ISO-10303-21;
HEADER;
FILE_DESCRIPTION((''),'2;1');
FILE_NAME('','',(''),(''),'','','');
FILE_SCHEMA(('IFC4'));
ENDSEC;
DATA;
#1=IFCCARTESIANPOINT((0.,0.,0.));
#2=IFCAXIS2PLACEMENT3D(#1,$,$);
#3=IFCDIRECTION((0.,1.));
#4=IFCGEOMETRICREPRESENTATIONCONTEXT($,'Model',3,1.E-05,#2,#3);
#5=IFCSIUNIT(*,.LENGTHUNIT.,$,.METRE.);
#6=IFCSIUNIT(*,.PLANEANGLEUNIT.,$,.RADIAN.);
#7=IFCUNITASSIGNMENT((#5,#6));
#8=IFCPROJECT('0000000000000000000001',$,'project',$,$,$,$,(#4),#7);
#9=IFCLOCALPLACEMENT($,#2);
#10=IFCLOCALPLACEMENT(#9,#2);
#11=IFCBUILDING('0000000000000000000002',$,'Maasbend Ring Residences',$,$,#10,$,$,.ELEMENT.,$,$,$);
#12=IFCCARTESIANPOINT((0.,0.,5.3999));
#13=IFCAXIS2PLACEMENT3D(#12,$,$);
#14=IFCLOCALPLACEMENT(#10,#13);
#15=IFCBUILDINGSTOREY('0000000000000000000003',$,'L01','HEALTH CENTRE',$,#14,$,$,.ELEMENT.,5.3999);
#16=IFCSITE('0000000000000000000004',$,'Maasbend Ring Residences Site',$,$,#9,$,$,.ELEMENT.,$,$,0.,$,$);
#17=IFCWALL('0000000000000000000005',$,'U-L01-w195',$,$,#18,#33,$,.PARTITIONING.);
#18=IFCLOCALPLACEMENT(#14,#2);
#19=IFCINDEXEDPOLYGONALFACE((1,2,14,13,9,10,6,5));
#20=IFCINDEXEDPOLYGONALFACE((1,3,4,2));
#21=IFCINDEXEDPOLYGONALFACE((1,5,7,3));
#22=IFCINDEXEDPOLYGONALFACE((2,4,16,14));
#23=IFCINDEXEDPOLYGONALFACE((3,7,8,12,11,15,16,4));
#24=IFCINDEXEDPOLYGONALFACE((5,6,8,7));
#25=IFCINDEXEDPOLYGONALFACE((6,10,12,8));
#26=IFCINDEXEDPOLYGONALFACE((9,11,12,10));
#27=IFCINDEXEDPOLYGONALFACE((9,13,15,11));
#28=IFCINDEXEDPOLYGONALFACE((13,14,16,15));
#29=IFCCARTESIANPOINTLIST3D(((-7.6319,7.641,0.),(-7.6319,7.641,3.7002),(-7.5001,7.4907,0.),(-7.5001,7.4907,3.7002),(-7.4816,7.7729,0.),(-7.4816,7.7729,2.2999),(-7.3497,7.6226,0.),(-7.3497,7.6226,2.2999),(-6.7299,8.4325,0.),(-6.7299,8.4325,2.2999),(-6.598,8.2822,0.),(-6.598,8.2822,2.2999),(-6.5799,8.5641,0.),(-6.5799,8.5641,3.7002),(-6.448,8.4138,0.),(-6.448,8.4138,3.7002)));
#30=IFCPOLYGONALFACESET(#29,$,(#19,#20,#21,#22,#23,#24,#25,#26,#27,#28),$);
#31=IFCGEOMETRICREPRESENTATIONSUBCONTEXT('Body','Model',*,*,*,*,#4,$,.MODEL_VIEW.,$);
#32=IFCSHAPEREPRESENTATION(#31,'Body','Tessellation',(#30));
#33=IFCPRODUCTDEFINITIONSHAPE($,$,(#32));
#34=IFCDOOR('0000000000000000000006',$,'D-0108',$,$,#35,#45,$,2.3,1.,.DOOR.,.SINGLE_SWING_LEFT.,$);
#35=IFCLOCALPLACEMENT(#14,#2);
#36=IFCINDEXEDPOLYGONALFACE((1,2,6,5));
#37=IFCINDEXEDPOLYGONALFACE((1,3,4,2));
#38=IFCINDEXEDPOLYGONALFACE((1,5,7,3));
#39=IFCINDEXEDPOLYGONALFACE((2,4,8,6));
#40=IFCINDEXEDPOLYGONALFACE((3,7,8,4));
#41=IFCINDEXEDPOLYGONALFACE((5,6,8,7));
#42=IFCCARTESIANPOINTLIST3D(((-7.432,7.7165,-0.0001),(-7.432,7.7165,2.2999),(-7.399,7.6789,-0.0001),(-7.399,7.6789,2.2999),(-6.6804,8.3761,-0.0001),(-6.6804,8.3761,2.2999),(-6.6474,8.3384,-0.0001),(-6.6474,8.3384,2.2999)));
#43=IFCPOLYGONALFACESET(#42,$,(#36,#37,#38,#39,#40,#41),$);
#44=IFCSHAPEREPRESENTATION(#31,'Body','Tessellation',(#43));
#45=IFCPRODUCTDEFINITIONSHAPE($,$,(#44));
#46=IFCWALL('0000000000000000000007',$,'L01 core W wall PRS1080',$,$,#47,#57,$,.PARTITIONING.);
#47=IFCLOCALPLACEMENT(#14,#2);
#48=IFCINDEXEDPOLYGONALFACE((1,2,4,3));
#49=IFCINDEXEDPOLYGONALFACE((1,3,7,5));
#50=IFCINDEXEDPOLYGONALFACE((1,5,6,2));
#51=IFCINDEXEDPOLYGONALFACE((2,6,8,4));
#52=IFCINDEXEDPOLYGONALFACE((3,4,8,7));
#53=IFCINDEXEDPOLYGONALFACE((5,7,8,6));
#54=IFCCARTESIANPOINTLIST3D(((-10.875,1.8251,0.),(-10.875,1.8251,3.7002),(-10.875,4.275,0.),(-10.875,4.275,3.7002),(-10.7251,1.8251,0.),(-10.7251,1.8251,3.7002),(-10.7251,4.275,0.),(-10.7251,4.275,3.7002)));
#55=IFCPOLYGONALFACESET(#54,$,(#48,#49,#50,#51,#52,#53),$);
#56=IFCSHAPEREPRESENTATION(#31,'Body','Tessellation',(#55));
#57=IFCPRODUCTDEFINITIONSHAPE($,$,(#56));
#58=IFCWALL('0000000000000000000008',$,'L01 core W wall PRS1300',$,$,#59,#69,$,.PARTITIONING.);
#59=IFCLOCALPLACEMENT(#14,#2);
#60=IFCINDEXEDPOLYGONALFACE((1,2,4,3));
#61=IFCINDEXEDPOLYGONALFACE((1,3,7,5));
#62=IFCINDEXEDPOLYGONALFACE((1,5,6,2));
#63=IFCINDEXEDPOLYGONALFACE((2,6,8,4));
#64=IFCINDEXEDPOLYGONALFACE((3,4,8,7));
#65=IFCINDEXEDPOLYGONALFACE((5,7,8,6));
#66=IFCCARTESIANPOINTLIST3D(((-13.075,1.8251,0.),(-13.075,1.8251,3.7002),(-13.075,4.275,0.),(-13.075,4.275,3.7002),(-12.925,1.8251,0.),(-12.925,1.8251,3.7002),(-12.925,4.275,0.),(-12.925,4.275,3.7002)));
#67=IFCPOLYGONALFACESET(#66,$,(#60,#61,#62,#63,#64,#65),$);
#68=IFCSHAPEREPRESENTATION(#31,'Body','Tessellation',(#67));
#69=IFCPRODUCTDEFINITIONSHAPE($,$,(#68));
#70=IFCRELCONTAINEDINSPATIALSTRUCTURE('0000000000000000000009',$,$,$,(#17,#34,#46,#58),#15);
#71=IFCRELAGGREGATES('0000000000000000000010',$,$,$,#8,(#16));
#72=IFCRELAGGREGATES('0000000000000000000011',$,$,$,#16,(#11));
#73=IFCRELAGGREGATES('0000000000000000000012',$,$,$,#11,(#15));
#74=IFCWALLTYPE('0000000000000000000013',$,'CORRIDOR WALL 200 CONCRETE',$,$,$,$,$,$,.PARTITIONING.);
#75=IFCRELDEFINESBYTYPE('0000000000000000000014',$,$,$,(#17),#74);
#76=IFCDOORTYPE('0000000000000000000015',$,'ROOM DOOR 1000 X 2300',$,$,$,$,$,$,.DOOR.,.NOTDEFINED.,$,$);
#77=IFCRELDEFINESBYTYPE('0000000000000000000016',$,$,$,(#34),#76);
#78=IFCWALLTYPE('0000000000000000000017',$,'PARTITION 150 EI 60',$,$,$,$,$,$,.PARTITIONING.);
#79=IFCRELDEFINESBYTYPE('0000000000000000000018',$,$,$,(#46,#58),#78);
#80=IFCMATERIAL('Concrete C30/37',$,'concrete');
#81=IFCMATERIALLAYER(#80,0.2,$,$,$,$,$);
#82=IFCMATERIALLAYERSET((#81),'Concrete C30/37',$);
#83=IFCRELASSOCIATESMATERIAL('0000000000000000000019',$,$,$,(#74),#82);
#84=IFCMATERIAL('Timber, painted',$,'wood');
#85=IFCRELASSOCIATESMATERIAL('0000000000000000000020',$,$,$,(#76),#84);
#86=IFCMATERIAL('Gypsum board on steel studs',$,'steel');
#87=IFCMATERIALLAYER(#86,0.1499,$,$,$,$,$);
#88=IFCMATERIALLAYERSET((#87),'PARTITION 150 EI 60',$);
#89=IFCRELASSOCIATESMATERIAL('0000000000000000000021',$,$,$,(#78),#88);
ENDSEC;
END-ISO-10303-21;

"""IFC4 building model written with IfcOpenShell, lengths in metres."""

from ifc_helpers import new_model, si_unit, direction, frame, frame_2d, origin, place, context, subcontext, project, spatial, rectangle, extrude, material, layer, layer_set, type_object, element, fill, save


model = new_model("IFC4")

# Units and contexts
model_context = context("Model", 3, precision=1e-05, world=origin(), true_north=direction((0.0, 1.0)))
body_context = subcontext(model_context, "Body", "Model", "MODEL_VIEW")
ifc_project = project(units=[si_unit("LENGTHUNIT", "METRE"), si_unit("PLANEANGLEUNIT", "RADIAN")], contexts=[model_context])

# Site, building, storey
site_placement = place(None, origin())
site = spatial("IfcSite", under=ifc_project, at=site_placement, Name="Maasbend Ring Residences Site", CompositionType="ELEMENT", RefElevation=0.0)
building_placement = place(site_placement, origin())
building = spatial("IfcBuilding", under=site, at=building_placement, Name="Maasbend Ring Residences", CompositionType="ELEMENT")
storey_placement = place(building_placement, frame((0.0, 0.0, 5.3999)))
storey = spatial("IfcBuildingStorey", under=building, at=storey_placement, Name="L01", Description="HEALTH CENTRE", CompositionType="ELEMENT", Elevation=5.3999)

# Shared definitions
ifc_material_1 = material(Name="Concrete C30/37", Category="concrete")
ifc_layer_1 = layer(ifc_material_1, 0.2)
ifc_layer_set_1 = layer_set([ifc_layer_1], Name="Concrete C30/37")
wall_type_1 = type_object("IfcWallType", Name="CORRIDOR WALL 200 CONCRETE", PredefinedType="PARTITIONING", material=ifc_layer_set_1)

# Wall, opening, door
wall_1_placement = place(storey_placement, frame((-7.5659, 7.5659, 0.0), z_axis=(0.0, 0.0, 1.0), x_axis=(0.751657, 0.659554, 0.0)))
wall_1 = element("IfcWall", 1, at=wall_1_placement, inside=storey, type_object=wall_type_1, Name="U-L01-w195", PredefinedType="PARTITIONING", context=body_context, shape_type="SweptSolid", body=[
    extrude(rectangle(XDim=1.3997, YDim=0.2, at=frame_2d((0.6997, 0.0))), origin(), (0.0, 0.0, 1.0), 3.7002),
])
opening_placement = place(wall_1_placement, frame((0.2, 0.0, 0.0)))
opening = element("IfcOpeningElement", 2, at=opening_placement, cuts=wall_1, PredefinedType="OPENING", context=body_context, shape_type="SweptSolid", body=[
    extrude(rectangle(XDim=1.0, YDim=2.3, at=frame_2d((0.5, 1.1499))), frame((0.0, 0.1099, 0.0), z_axis=(0.0, -1.0, 0.0), x_axis=(1.0, 0.0, 0.0)), (0.0, 0.0, 1.0), 0.22),
])
ifc_material_2 = material(Name="Timber, painted", Category="wood")
door_type = type_object("IfcDoorType", Name="ROOM DOOR 1000 X 2300", OperationType="NOTDEFINED", PredefinedType="DOOR", material=ifc_material_2)
door_placement = place(opening_placement, origin())
door = element("IfcDoor", 3, at=door_placement, inside=storey, type_object=door_type, Name="D-0108", OperationType="SINGLE_SWING_LEFT", OverallHeight=2.3, OverallWidth=1.0, PredefinedType="DOOR", context=body_context, shape_type="SweptSolid", body=[
    extrude(rectangle(XDim=1.0, YDim=2.3, at=frame_2d((0.5, 1.1499))), frame((0.0, 0.0249, 0.0), z_axis=(0.0, -1.0, 0.0), x_axis=(1.0, 0.0, 0.0)), (0.0, 0.0, 1.0), 0.05),
])
fill(opening, door)

# Walls
ifc_material_3 = material(Name="Gypsum board on steel studs", Category="steel")
ifc_layer_2 = layer(ifc_material_3, 0.1499)
ifc_layer_set_2 = layer_set([ifc_layer_2], Name="PARTITION 150 EI 60")
wall_type_2 = type_object("IfcWallType", Name="PARTITION 150 EI 60", PredefinedType="PARTITIONING", material=ifc_layer_set_2)
for number, where, z_axis, x_axis, name in (
    (4, (-10.8, 1.825, 0.0), (0.0, 0.0, 1.0), (0.0, 1.0, 0.0), "L01 core W wall PRS1080"),
    (5, (-13.0, 1.825, 0.0), (0.0, 0.0, 1.0), (0.0, 1.0, 0.0), "L01 core W wall PRS1300"),
):
    element("IfcWall", number, at=place(storey_placement, frame(where, z_axis=z_axis, x_axis=x_axis)), inside=storey, type_object=wall_type_2, Name=name, PredefinedType="PARTITIONING", context=body_context, shape_type="SweptSolid", body=[
        extrude(rectangle(XDim=2.45, YDim=0.1499, at=frame_2d((1.2251, 0.0))), origin(), (0.0, 0.0, 1.0), 3.7002),
    ])

save(model, "model.ifc")
